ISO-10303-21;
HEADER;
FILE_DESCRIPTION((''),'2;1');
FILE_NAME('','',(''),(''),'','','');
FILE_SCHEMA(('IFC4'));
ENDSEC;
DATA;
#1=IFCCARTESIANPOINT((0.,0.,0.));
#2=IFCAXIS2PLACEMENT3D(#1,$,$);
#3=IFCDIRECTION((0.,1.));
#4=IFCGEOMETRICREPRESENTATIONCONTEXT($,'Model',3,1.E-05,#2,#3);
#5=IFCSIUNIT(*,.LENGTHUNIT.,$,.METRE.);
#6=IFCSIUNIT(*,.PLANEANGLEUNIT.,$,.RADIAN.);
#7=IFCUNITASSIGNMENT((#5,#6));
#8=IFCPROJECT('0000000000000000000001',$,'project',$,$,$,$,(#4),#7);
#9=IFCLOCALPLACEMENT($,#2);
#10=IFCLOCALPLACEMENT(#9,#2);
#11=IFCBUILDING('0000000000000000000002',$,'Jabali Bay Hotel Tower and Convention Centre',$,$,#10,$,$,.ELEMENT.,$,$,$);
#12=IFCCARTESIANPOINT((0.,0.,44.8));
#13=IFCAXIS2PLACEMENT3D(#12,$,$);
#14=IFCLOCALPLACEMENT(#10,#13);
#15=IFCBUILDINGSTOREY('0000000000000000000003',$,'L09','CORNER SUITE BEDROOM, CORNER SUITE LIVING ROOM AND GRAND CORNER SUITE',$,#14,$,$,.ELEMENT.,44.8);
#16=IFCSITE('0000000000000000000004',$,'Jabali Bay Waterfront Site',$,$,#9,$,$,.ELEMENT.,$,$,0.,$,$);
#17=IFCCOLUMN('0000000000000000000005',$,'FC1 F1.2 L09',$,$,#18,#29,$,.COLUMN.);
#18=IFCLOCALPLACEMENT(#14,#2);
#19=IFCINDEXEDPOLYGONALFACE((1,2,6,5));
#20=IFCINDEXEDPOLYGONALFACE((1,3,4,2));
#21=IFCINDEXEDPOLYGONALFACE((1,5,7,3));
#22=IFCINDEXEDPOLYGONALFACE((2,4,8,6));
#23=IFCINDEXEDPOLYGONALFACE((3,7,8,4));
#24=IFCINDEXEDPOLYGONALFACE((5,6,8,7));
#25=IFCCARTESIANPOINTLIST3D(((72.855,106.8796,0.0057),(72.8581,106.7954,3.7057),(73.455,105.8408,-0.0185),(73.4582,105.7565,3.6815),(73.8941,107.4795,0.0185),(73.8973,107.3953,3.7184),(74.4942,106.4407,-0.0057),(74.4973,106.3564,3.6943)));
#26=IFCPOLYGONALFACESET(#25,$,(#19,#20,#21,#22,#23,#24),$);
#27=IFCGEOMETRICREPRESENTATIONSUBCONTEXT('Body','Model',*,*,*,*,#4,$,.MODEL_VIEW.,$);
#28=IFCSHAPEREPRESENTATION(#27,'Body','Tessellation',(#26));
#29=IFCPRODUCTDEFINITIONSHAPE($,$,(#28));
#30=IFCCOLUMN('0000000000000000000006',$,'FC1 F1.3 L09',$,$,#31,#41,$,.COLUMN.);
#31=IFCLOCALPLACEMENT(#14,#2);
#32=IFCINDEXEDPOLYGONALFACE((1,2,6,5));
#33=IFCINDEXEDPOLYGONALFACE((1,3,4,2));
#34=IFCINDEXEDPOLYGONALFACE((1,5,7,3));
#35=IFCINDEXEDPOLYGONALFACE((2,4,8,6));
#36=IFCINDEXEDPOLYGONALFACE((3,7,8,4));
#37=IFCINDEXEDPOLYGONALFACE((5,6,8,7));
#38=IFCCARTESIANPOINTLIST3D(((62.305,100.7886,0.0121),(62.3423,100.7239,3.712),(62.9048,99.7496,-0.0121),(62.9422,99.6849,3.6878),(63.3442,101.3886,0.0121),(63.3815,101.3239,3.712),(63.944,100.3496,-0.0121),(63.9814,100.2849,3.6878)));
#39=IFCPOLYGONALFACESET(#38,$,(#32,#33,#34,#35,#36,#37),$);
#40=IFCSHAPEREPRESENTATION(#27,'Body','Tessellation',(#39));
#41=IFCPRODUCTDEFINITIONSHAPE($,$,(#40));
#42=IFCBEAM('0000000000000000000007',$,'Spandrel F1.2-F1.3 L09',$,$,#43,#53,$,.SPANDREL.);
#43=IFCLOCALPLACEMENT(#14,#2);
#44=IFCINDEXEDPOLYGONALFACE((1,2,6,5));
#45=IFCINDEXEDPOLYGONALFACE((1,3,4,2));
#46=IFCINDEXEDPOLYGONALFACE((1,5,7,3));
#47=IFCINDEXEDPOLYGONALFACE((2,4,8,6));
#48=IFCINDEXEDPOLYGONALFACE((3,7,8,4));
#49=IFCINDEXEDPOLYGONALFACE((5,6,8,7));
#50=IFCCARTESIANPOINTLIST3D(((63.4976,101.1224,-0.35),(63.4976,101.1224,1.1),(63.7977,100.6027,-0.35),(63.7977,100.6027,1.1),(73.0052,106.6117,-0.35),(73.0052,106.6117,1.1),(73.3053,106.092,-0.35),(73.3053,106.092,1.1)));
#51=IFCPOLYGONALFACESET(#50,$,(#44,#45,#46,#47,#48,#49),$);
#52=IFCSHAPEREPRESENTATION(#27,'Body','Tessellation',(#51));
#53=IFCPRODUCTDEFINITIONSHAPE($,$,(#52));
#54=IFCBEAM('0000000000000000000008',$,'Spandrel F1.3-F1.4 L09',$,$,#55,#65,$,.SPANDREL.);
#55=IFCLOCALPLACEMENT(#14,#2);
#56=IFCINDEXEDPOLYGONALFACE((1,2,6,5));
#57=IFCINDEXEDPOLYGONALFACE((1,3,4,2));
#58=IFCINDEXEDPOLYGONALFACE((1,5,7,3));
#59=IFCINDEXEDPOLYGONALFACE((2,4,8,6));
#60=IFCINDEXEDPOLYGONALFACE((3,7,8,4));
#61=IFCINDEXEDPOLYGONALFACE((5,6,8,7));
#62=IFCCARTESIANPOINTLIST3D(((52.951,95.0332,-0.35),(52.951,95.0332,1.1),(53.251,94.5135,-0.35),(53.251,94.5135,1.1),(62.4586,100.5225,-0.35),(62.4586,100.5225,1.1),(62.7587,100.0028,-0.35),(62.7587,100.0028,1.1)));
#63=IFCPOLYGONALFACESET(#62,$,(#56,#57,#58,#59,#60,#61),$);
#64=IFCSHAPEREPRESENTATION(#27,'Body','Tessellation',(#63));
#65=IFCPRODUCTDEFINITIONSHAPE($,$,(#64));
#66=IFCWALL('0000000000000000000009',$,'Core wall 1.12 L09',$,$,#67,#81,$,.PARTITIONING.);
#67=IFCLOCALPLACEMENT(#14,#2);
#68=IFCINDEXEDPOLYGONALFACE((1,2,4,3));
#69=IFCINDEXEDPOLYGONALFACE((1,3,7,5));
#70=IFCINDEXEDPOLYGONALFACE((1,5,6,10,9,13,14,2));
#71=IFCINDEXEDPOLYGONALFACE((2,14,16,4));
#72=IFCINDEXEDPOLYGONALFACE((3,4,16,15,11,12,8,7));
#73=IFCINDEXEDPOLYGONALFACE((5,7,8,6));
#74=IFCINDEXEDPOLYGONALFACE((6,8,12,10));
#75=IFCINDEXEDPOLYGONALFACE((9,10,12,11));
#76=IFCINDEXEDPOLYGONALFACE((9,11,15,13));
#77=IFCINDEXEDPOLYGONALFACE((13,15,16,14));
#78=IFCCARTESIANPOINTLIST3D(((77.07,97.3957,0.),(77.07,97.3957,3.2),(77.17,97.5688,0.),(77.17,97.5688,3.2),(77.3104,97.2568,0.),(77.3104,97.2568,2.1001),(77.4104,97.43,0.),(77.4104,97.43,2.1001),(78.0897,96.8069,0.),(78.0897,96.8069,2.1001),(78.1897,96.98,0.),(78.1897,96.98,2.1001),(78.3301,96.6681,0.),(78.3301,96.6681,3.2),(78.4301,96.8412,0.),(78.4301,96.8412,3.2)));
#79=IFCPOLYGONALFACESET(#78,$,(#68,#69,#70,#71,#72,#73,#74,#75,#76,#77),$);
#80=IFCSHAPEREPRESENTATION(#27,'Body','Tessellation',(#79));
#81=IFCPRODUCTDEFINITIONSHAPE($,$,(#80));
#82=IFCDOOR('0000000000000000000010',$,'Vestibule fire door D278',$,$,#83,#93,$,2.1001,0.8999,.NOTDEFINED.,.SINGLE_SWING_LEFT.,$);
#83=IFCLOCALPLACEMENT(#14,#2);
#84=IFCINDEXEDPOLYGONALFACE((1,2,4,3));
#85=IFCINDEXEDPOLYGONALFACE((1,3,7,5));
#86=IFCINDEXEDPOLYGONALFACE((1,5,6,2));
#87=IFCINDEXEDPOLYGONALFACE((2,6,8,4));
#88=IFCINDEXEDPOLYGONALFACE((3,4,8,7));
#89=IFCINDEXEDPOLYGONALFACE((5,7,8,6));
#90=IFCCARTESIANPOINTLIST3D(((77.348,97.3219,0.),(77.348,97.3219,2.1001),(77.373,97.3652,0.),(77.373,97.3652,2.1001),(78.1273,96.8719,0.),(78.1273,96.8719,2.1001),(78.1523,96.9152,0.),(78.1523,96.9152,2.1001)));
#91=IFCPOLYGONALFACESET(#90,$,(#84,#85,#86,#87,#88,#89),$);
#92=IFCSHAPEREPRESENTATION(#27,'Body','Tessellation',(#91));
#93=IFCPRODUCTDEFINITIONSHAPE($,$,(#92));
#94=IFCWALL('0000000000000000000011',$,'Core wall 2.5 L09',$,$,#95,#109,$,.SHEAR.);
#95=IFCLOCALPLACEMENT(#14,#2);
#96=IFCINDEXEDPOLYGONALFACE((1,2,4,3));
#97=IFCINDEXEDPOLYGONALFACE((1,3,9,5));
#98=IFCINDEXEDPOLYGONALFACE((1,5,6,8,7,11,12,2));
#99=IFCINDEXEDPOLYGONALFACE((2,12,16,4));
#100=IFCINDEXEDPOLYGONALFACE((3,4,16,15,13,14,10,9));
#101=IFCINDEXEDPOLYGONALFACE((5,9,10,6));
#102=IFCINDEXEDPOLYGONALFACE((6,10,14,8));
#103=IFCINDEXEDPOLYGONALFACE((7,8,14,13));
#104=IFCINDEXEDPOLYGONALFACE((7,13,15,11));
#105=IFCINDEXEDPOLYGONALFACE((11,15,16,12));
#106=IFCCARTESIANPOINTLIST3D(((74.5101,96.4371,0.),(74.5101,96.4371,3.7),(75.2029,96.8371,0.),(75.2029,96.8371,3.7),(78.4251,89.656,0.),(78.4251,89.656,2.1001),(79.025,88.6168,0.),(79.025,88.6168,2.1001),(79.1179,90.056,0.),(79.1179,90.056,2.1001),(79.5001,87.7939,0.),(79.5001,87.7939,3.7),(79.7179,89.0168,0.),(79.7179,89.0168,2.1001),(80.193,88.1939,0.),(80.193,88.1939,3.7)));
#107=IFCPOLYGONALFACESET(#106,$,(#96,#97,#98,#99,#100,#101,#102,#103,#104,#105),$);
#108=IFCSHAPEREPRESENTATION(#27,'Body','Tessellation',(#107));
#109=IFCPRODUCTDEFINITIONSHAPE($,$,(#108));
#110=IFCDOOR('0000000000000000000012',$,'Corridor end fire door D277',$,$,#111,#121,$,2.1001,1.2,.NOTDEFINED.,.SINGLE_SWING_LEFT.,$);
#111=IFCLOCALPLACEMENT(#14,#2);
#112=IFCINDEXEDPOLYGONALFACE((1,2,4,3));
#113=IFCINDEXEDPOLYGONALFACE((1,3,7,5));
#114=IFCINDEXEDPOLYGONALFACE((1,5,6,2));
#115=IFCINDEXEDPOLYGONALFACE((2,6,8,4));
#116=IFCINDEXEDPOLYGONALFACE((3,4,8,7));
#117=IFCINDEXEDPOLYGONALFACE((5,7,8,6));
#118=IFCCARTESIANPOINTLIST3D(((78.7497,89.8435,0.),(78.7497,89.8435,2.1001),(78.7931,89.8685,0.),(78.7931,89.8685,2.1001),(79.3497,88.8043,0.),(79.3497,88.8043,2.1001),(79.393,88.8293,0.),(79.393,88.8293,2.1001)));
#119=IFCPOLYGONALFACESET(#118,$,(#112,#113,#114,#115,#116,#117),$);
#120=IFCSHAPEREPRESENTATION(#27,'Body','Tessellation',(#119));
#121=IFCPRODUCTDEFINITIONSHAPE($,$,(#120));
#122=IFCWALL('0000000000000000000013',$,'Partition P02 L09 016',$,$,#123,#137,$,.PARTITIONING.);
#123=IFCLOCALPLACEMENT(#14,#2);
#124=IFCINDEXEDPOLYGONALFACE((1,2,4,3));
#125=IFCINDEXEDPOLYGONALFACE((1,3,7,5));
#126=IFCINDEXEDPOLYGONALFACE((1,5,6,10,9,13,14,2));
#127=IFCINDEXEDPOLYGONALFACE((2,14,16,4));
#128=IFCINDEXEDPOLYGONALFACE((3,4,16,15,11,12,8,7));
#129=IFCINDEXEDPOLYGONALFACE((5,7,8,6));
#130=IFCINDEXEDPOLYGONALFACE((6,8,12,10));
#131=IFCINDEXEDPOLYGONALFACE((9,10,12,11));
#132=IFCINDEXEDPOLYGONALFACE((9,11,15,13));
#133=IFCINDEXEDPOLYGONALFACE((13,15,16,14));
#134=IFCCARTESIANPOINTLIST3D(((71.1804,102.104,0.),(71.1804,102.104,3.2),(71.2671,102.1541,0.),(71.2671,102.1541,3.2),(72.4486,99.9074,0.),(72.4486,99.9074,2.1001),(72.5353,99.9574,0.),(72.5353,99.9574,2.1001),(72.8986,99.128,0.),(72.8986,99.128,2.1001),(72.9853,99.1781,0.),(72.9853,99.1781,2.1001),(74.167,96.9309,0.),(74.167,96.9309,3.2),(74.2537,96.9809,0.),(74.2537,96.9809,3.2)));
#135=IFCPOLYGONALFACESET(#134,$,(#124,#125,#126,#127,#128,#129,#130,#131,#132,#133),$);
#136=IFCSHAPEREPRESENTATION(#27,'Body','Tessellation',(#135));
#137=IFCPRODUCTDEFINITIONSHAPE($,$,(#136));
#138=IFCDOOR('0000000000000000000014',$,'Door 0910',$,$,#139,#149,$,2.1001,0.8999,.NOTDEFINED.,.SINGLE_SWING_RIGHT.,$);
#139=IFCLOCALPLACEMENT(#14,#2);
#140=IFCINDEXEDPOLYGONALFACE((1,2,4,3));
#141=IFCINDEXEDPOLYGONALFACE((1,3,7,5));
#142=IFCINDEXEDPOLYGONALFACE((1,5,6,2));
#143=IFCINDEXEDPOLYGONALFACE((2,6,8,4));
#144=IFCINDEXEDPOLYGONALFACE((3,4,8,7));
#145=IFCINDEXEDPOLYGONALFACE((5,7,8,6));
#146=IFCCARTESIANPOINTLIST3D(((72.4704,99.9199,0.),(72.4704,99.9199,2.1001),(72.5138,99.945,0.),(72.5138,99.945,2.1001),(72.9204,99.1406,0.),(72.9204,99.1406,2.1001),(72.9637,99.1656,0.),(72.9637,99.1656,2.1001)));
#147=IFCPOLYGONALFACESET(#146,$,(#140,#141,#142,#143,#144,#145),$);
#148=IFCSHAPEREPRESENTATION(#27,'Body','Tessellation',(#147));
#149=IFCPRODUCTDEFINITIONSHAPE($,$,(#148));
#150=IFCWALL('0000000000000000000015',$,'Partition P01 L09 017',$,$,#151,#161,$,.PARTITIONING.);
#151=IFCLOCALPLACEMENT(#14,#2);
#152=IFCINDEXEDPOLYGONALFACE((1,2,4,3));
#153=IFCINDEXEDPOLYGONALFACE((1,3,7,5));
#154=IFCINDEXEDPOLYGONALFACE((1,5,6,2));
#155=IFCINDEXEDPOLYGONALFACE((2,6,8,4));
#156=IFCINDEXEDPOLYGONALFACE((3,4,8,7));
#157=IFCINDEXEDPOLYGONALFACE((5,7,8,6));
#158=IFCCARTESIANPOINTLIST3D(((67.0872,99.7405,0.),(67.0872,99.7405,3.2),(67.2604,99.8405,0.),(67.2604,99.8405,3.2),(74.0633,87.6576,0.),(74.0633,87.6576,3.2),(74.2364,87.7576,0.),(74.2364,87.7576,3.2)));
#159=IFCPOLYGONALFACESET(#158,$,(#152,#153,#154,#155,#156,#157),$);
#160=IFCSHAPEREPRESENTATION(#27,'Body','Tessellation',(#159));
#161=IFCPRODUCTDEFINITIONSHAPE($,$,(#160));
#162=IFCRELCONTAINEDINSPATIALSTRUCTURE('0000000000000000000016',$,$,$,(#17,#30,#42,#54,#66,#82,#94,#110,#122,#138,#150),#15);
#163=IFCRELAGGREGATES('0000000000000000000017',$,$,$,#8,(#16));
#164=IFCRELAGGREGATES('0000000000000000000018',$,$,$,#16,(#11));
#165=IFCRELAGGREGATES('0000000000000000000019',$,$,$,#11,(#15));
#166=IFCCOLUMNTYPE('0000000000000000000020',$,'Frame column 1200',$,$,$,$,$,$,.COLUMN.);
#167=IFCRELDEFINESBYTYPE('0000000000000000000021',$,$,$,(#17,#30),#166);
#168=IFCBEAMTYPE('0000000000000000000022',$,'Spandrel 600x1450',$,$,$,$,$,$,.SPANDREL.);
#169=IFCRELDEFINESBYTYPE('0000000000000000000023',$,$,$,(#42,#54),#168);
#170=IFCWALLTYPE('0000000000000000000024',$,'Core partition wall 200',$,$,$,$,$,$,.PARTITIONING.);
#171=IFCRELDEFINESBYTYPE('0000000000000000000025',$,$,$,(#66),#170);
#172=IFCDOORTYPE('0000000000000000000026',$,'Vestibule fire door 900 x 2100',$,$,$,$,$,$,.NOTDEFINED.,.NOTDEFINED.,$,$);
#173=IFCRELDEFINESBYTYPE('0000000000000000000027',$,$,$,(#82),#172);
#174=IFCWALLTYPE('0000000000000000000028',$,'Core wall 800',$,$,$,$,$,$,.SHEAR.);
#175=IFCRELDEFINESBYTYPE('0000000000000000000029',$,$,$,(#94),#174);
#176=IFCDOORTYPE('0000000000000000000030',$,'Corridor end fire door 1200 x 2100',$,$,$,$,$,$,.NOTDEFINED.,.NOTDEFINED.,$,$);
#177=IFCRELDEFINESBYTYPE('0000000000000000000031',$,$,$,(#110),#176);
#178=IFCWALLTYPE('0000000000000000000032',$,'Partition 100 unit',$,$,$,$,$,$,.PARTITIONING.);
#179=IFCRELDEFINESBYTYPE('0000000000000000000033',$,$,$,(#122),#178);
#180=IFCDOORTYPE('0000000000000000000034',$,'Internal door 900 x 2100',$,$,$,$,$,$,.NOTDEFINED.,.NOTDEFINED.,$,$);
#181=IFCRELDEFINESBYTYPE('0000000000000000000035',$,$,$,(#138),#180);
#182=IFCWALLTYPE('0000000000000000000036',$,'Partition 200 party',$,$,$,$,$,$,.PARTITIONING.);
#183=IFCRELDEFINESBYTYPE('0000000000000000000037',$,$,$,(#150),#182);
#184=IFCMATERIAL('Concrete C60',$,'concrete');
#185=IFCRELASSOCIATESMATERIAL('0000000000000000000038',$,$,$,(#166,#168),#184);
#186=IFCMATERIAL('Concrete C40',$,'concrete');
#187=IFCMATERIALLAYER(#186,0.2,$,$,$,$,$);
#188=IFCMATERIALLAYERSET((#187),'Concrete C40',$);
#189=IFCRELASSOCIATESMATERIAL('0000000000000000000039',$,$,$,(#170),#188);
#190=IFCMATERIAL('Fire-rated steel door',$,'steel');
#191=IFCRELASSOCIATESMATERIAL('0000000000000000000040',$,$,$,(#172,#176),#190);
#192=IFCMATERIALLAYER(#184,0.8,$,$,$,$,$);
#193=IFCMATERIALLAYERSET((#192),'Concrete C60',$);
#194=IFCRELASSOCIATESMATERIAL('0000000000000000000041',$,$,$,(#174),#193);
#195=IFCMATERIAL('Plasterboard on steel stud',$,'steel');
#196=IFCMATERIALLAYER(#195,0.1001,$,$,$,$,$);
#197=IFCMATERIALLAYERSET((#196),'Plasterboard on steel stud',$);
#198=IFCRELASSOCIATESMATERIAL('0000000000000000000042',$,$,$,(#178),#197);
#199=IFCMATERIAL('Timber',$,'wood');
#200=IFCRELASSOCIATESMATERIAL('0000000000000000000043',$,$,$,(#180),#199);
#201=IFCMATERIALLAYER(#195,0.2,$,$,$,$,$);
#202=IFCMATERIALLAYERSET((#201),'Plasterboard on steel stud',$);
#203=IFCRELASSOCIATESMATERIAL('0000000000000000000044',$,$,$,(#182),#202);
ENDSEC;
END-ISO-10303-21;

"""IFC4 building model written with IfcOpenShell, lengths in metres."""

from ifc_helpers import new_model, si_unit, direction, frame, frame_2d, origin, origin_2d, place, context, subcontext, project, spatial, rectangle, extrude, material, layer, layer_set, material_profile, profile_set, type_object, element, fill, save


model = new_model("IFC4")

# Units and contexts
model_context = context("Model", 3, precision=1e-05, world=origin(), true_north=direction((0.0, 1.0)))
body_context = subcontext(model_context, "Body", "Model", "MODEL_VIEW")
ifc_project = project(units=[si_unit("LENGTHUNIT", "METRE"), si_unit("PLANEANGLEUNIT", "RADIAN")], contexts=[model_context])

# Site, building, storey
site_placement = place(None, origin())
site = spatial("IfcSite", under=ifc_project, at=site_placement, Name="Jabali Bay Waterfront Site", CompositionType="ELEMENT", RefElevation=0.0)
building_placement = place(site_placement, origin())
building = spatial("IfcBuilding", under=site, at=building_placement, Name="Jabali Bay Hotel Tower and Convention Centre", CompositionType="ELEMENT")
storey_placement = place(building_placement, frame((0.0, 0.0, 44.8)))
storey = spatial("IfcBuildingStorey", under=building, at=storey_placement, Name="L09", Description="CORNER SUITE BEDROOM, CORNER SUITE LIVING ROOM AND GRAND CORNER SUITE", CompositionType="ELEMENT", Elevation=44.8)

# Columns
ifc_material_1 = material(Name="Concrete C60", Category="concrete")
ifc_material_profile_1 = material_profile(ifc_material_1, rectangle(XDim=1.2, YDim=1.2, at=origin_2d()), Name="Frame column 1200")
ifc_profile_set_1 = profile_set([ifc_material_profile_1], Name="Concrete C60")
column_type = type_object("IfcColumnType", Name="Frame column 1200", PredefinedType="COLUMN", material=ifc_profile_set_1)
column_1_placement = place(storey_placement, frame((73.6746, 106.6602, 0.0), z_axis=(0.000858, -0.022759, 0.999741), x_axis=(0.866, 0.499931, 0.010638)))
element("IfcColumn", 1, at=column_1_placement, inside=storey, type_object=column_type, Name="FC1 F1.2 L09", PredefinedType="COLUMN", context=body_context, shape_type="SweptSolid", body=[
    extrude(rectangle(XDim=1.2, YDim=1.2, at=origin_2d()), origin(), (0.0, 0.0, 1.0), 3.7009),
])
column_2_placement = place(storey_placement, frame((63.1245, 100.5691, 0.0), z_axis=(0.010094, -0.017482, 0.999796), x_axis=(-0.499903, 0.865846, 0.020187)))
element("IfcColumn", 2, at=column_2_placement, inside=storey, type_object=column_type, Name="FC1 F1.3 L09", PredefinedType="COLUMN", context=body_context, shape_type="SweptSolid", body=[
    extrude(rectangle(XDim=1.2, YDim=1.2, at=origin_2d()), origin(), (0.0, 0.0, 1.0), 3.7007),
])

# Beams
ifc_material_profile_2 = material_profile(ifc_material_1, rectangle(XDim=0.6001, YDim=1.45, at=origin_2d()), Name="Spandrel 600x1450")
ifc_profile_set_2 = profile_set([ifc_material_profile_2], Name="Concrete C60")
beam_type = type_object("IfcBeamType", Name="Spandrel 600x1450", PredefinedType="SPANDREL", material=ifc_profile_set_2)
for number, where, z_axis, x_axis, name in (
    (3, (73.1553, 106.3518, 0.375), (-0.866023, -0.500004, 0.0), (0.500004, -0.866023, 0.0), "Spandrel F1.2-F1.3 L09"),
    (4, (62.6086, 100.2627, 0.375), (-0.866023, -0.500004, 0.0), (0.500004, -0.866023, 0.0), "Spandrel F1.3-F1.4 L09"),
):
    element("IfcBeam", number, at=place(storey_placement, frame(where, z_axis=z_axis, x_axis=x_axis)), inside=storey, type_object=beam_type, Name=name, PredefinedType="SPANDREL", context=body_context, shape_type="SweptSolid", body=[
        extrude(rectangle(XDim=0.6001, YDim=1.45, at=origin_2d()), origin(), (0.0, 0.0, 1.0), 10.9785),
    ])

# Walls, openings, doors
ifc_material_2 = material(Name="Concrete C40", Category="concrete")
ifc_layer_1 = layer(ifc_material_2, 0.2)
ifc_layer_set_1 = layer_set([ifc_layer_1], Name="Concrete C40")
wall_type_1 = type_object("IfcWallType", Name="Core partition wall 200", PredefinedType="PARTITIONING", material=ifc_layer_set_1)
wall_1_placement = place(storey_placement, frame((78.3801, 96.7546, 0.0), z_axis=(0.0, 0.0, 1.0), x_axis=(-0.866004, 0.500037, 0.0)))
wall_1 = element("IfcWall", 5, at=wall_1_placement, inside=storey, type_object=wall_type_1, Name="Core wall 1.12 L09", PredefinedType="PARTITIONING", context=body_context, shape_type="SweptSolid", body=[
    extrude(rectangle(XDim=1.4551, YDim=0.2, at=frame_2d((0.7275, 0.0))), origin(), (0.0, 0.0, 1.0), 3.2),
])
opening_1_placement = place(wall_1_placement, frame((0.2776, 0.0, 0.0)))
opening_1 = element("IfcOpeningElement", 6, at=opening_1_placement, cuts=wall_1, PredefinedType="OPENING", context=body_context, shape_type="SweptSolid", body=[
    extrude(rectangle(XDim=0.8999, YDim=2.1001, at=frame_2d((0.45, 1.05))), frame((0.0, 0.1104, 0.0), z_axis=(0.0, -1.0, 0.0), x_axis=(1.0, 0.0, 0.0)), (0.0, 0.0, 1.0), 0.2209),
])
ifc_material_3 = material(Name="Fire-rated steel door", Category="steel")
door_type_1 = type_object("IfcDoorType", Name="Vestibule fire door 900 x 2100", OperationType="NOTDEFINED", PredefinedType="NOTDEFINED", material=ifc_material_3)
door_1_placement = place(opening_1_placement, origin())
door_1 = element("IfcDoor", 7, at=door_1_placement, inside=storey, type_object=door_type_1, Name="Vestibule fire door D278", OperationType="SINGLE_SWING_LEFT", OverallHeight=2.1001, OverallWidth=0.8999, PredefinedType="NOTDEFINED", context=body_context, shape_type="SweptSolid", body=[
    extrude(rectangle(XDim=0.8999, YDim=2.1001, at=frame_2d((0.45, 1.05))), frame((0.0, 0.0249, 0.0), z_axis=(0.0, -1.0, 0.0), x_axis=(1.0, 0.0, 0.0)), (0.0, 0.0, 1.0), 0.05),
])
fill(opening_1, door_1)
ifc_layer_2 = layer(ifc_material_1, 0.8)
ifc_layer_set_2 = layer_set([ifc_layer_2], Name="Concrete C60")
wall_type_2 = type_object("IfcWallType", Name="Core wall 800", PredefinedType="SHEAR", material=ifc_layer_set_2)
wall_2_placement = place(storey_placement, frame((74.8564, 96.6372, 0.0), z_axis=(0.0, 0.0, 1.0), x_axis=(0.499994, -0.866029, 0.0)))
wall_2 = element("IfcWall", 8, at=wall_2_placement, inside=storey, type_object=wall_type_2, Name="Core wall 2.5 L09", PredefinedType="SHEAR", context=body_context, shape_type="SweptSolid", body=[
    extrude(rectangle(XDim=9.9802, YDim=0.8, at=frame_2d((4.9902, 0.0))), origin(), (0.0, 0.0, 1.0), 3.7),
])
opening_2_placement = place(wall_2_placement, frame((7.8301, 0.0, 0.0)))
opening_2 = element("IfcOpeningElement", 9, at=opening_2_placement, cuts=wall_2, PredefinedType="OPENING", context=body_context, shape_type="SweptSolid", body=[
    extrude(rectangle(XDim=1.2, YDim=2.1001, at=frame_2d((0.6001, 1.05))), frame((0.0, 0.4106, 0.0), z_axis=(0.0, -1.0, 0.0), x_axis=(1.0, 0.0, 0.0)), (0.0, 0.0, 1.0), 0.821),
])
door_type_2 = type_object("IfcDoorType", Name="Corridor end fire door 1200 x 2100", OperationType="NOTDEFINED", PredefinedType="NOTDEFINED", material=ifc_material_3)
door_2_placement = place(opening_2_placement, origin())
door_2 = element("IfcDoor", 10, at=door_2_placement, inside=storey, type_object=door_type_2, Name="Corridor end fire door D277", OperationType="SINGLE_SWING_LEFT", OverallHeight=2.1001, OverallWidth=1.2, PredefinedType="NOTDEFINED", context=body_context, shape_type="SweptSolid", body=[
    extrude(rectangle(XDim=1.2, YDim=2.1001, at=frame_2d((0.6001, 1.05))), frame((0.0, 0.0249, 0.0), z_axis=(0.0, -1.0, 0.0), x_axis=(1.0, 0.0, 0.0)), (0.0, 0.0, 1.0), 0.05),
])
fill(opening_2, door_2)
ifc_material_4 = material(Name="Plasterboard on steel stud", Category="steel")
ifc_layer_3 = layer(ifc_material_4, 0.1001)
ifc_layer_set_3 = layer_set([ifc_layer_3], Name="Plasterboard on steel stud")
wall_type_3 = type_object("IfcWallType", Name="Partition 100 unit", PredefinedType="PARTITIONING", material=ifc_layer_set_3)
wall_3_placement = place(storey_placement, frame((74.2104, 96.9558, 0.0), z_axis=(0.0, 0.0, 1.0), x_axis=(-0.499985, 0.866034, 0.0)))
wall_3 = element("IfcWall", 11, at=wall_3_placement, inside=storey, type_object=wall_type_3, Name="Partition P02 L09 016", PredefinedType="PARTITIONING", context=body_context, shape_type="SweptSolid", body=[
    extrude(rectangle(XDim=5.9734, YDim=0.1001, at=frame_2d((2.9868, 0.0))), origin(), (0.0, 0.0, 1.0), 3.2),
])
opening_3_placement = place(wall_3_placement, frame((2.5371, 0.0, 0.0)))
opening_3 = element("IfcOpeningElement", 12, at=opening_3_placement, cuts=wall_3, PredefinedType="OPENING", context=body_context, shape_type="SweptSolid", body=[
    extrude(rectangle(XDim=0.8999, YDim=2.1001, at=frame_2d((0.45, 1.05))), frame((0.0, 0.0605, 0.0), z_axis=(0.0, -1.0, 0.0), x_axis=(1.0, 0.0, 0.0)), (0.0, 0.0, 1.0), 0.1211),
])
ifc_material_5 = material(Name="Timber", Category="wood")
door_type_3 = type_object("IfcDoorType", Name="Internal door 900 x 2100", OperationType="NOTDEFINED", PredefinedType="NOTDEFINED", material=ifc_material_5)
door_3_placement = place(opening_3_placement, origin())
door_3 = element("IfcDoor", 13, at=door_3_placement, inside=storey, type_object=door_type_3, Name="Door 0910", OperationType="SINGLE_SWING_RIGHT", OverallHeight=2.1001, OverallWidth=0.8999, PredefinedType="NOTDEFINED", context=body_context, shape_type="SweptSolid", body=[
    extrude(rectangle(XDim=0.8999, YDim=2.1001, at=frame_2d((0.45, 1.05))), frame((0.0, 0.0249, 0.0), z_axis=(0.0, -1.0, 0.0), x_axis=(1.0, 0.0, 0.0)), (0.0, 0.0, 1.0), 0.05),
])
fill(opening_3, door_3)

# Wall
ifc_layer_4 = layer(ifc_material_4, 0.2)
ifc_layer_set_4 = layer_set([ifc_layer_4], Name="Plasterboard on steel stud")
wall_type_4 = type_object("IfcWallType", Name="Partition 200 party", PredefinedType="PARTITIONING", material=ifc_layer_set_4)
wall_4_placement = place(storey_placement, frame((67.1738, 99.7905, 0.0), z_axis=(0.0, 0.0, 1.0), x_axis=(0.499997, -0.866027, 0.0)))
element("IfcWall", 14, at=wall_4_placement, inside=storey, type_object=wall_type_4, Name="Partition P01 L09 017", PredefinedType="PARTITIONING", context=body_context, shape_type="SweptSolid", body=[
    extrude(rectangle(XDim=13.9521, YDim=0.2, at=frame_2d((6.9761, 0.0))), origin(), (0.0, 0.0, 1.0), 3.2),
])

save(model, "model.ifc")
